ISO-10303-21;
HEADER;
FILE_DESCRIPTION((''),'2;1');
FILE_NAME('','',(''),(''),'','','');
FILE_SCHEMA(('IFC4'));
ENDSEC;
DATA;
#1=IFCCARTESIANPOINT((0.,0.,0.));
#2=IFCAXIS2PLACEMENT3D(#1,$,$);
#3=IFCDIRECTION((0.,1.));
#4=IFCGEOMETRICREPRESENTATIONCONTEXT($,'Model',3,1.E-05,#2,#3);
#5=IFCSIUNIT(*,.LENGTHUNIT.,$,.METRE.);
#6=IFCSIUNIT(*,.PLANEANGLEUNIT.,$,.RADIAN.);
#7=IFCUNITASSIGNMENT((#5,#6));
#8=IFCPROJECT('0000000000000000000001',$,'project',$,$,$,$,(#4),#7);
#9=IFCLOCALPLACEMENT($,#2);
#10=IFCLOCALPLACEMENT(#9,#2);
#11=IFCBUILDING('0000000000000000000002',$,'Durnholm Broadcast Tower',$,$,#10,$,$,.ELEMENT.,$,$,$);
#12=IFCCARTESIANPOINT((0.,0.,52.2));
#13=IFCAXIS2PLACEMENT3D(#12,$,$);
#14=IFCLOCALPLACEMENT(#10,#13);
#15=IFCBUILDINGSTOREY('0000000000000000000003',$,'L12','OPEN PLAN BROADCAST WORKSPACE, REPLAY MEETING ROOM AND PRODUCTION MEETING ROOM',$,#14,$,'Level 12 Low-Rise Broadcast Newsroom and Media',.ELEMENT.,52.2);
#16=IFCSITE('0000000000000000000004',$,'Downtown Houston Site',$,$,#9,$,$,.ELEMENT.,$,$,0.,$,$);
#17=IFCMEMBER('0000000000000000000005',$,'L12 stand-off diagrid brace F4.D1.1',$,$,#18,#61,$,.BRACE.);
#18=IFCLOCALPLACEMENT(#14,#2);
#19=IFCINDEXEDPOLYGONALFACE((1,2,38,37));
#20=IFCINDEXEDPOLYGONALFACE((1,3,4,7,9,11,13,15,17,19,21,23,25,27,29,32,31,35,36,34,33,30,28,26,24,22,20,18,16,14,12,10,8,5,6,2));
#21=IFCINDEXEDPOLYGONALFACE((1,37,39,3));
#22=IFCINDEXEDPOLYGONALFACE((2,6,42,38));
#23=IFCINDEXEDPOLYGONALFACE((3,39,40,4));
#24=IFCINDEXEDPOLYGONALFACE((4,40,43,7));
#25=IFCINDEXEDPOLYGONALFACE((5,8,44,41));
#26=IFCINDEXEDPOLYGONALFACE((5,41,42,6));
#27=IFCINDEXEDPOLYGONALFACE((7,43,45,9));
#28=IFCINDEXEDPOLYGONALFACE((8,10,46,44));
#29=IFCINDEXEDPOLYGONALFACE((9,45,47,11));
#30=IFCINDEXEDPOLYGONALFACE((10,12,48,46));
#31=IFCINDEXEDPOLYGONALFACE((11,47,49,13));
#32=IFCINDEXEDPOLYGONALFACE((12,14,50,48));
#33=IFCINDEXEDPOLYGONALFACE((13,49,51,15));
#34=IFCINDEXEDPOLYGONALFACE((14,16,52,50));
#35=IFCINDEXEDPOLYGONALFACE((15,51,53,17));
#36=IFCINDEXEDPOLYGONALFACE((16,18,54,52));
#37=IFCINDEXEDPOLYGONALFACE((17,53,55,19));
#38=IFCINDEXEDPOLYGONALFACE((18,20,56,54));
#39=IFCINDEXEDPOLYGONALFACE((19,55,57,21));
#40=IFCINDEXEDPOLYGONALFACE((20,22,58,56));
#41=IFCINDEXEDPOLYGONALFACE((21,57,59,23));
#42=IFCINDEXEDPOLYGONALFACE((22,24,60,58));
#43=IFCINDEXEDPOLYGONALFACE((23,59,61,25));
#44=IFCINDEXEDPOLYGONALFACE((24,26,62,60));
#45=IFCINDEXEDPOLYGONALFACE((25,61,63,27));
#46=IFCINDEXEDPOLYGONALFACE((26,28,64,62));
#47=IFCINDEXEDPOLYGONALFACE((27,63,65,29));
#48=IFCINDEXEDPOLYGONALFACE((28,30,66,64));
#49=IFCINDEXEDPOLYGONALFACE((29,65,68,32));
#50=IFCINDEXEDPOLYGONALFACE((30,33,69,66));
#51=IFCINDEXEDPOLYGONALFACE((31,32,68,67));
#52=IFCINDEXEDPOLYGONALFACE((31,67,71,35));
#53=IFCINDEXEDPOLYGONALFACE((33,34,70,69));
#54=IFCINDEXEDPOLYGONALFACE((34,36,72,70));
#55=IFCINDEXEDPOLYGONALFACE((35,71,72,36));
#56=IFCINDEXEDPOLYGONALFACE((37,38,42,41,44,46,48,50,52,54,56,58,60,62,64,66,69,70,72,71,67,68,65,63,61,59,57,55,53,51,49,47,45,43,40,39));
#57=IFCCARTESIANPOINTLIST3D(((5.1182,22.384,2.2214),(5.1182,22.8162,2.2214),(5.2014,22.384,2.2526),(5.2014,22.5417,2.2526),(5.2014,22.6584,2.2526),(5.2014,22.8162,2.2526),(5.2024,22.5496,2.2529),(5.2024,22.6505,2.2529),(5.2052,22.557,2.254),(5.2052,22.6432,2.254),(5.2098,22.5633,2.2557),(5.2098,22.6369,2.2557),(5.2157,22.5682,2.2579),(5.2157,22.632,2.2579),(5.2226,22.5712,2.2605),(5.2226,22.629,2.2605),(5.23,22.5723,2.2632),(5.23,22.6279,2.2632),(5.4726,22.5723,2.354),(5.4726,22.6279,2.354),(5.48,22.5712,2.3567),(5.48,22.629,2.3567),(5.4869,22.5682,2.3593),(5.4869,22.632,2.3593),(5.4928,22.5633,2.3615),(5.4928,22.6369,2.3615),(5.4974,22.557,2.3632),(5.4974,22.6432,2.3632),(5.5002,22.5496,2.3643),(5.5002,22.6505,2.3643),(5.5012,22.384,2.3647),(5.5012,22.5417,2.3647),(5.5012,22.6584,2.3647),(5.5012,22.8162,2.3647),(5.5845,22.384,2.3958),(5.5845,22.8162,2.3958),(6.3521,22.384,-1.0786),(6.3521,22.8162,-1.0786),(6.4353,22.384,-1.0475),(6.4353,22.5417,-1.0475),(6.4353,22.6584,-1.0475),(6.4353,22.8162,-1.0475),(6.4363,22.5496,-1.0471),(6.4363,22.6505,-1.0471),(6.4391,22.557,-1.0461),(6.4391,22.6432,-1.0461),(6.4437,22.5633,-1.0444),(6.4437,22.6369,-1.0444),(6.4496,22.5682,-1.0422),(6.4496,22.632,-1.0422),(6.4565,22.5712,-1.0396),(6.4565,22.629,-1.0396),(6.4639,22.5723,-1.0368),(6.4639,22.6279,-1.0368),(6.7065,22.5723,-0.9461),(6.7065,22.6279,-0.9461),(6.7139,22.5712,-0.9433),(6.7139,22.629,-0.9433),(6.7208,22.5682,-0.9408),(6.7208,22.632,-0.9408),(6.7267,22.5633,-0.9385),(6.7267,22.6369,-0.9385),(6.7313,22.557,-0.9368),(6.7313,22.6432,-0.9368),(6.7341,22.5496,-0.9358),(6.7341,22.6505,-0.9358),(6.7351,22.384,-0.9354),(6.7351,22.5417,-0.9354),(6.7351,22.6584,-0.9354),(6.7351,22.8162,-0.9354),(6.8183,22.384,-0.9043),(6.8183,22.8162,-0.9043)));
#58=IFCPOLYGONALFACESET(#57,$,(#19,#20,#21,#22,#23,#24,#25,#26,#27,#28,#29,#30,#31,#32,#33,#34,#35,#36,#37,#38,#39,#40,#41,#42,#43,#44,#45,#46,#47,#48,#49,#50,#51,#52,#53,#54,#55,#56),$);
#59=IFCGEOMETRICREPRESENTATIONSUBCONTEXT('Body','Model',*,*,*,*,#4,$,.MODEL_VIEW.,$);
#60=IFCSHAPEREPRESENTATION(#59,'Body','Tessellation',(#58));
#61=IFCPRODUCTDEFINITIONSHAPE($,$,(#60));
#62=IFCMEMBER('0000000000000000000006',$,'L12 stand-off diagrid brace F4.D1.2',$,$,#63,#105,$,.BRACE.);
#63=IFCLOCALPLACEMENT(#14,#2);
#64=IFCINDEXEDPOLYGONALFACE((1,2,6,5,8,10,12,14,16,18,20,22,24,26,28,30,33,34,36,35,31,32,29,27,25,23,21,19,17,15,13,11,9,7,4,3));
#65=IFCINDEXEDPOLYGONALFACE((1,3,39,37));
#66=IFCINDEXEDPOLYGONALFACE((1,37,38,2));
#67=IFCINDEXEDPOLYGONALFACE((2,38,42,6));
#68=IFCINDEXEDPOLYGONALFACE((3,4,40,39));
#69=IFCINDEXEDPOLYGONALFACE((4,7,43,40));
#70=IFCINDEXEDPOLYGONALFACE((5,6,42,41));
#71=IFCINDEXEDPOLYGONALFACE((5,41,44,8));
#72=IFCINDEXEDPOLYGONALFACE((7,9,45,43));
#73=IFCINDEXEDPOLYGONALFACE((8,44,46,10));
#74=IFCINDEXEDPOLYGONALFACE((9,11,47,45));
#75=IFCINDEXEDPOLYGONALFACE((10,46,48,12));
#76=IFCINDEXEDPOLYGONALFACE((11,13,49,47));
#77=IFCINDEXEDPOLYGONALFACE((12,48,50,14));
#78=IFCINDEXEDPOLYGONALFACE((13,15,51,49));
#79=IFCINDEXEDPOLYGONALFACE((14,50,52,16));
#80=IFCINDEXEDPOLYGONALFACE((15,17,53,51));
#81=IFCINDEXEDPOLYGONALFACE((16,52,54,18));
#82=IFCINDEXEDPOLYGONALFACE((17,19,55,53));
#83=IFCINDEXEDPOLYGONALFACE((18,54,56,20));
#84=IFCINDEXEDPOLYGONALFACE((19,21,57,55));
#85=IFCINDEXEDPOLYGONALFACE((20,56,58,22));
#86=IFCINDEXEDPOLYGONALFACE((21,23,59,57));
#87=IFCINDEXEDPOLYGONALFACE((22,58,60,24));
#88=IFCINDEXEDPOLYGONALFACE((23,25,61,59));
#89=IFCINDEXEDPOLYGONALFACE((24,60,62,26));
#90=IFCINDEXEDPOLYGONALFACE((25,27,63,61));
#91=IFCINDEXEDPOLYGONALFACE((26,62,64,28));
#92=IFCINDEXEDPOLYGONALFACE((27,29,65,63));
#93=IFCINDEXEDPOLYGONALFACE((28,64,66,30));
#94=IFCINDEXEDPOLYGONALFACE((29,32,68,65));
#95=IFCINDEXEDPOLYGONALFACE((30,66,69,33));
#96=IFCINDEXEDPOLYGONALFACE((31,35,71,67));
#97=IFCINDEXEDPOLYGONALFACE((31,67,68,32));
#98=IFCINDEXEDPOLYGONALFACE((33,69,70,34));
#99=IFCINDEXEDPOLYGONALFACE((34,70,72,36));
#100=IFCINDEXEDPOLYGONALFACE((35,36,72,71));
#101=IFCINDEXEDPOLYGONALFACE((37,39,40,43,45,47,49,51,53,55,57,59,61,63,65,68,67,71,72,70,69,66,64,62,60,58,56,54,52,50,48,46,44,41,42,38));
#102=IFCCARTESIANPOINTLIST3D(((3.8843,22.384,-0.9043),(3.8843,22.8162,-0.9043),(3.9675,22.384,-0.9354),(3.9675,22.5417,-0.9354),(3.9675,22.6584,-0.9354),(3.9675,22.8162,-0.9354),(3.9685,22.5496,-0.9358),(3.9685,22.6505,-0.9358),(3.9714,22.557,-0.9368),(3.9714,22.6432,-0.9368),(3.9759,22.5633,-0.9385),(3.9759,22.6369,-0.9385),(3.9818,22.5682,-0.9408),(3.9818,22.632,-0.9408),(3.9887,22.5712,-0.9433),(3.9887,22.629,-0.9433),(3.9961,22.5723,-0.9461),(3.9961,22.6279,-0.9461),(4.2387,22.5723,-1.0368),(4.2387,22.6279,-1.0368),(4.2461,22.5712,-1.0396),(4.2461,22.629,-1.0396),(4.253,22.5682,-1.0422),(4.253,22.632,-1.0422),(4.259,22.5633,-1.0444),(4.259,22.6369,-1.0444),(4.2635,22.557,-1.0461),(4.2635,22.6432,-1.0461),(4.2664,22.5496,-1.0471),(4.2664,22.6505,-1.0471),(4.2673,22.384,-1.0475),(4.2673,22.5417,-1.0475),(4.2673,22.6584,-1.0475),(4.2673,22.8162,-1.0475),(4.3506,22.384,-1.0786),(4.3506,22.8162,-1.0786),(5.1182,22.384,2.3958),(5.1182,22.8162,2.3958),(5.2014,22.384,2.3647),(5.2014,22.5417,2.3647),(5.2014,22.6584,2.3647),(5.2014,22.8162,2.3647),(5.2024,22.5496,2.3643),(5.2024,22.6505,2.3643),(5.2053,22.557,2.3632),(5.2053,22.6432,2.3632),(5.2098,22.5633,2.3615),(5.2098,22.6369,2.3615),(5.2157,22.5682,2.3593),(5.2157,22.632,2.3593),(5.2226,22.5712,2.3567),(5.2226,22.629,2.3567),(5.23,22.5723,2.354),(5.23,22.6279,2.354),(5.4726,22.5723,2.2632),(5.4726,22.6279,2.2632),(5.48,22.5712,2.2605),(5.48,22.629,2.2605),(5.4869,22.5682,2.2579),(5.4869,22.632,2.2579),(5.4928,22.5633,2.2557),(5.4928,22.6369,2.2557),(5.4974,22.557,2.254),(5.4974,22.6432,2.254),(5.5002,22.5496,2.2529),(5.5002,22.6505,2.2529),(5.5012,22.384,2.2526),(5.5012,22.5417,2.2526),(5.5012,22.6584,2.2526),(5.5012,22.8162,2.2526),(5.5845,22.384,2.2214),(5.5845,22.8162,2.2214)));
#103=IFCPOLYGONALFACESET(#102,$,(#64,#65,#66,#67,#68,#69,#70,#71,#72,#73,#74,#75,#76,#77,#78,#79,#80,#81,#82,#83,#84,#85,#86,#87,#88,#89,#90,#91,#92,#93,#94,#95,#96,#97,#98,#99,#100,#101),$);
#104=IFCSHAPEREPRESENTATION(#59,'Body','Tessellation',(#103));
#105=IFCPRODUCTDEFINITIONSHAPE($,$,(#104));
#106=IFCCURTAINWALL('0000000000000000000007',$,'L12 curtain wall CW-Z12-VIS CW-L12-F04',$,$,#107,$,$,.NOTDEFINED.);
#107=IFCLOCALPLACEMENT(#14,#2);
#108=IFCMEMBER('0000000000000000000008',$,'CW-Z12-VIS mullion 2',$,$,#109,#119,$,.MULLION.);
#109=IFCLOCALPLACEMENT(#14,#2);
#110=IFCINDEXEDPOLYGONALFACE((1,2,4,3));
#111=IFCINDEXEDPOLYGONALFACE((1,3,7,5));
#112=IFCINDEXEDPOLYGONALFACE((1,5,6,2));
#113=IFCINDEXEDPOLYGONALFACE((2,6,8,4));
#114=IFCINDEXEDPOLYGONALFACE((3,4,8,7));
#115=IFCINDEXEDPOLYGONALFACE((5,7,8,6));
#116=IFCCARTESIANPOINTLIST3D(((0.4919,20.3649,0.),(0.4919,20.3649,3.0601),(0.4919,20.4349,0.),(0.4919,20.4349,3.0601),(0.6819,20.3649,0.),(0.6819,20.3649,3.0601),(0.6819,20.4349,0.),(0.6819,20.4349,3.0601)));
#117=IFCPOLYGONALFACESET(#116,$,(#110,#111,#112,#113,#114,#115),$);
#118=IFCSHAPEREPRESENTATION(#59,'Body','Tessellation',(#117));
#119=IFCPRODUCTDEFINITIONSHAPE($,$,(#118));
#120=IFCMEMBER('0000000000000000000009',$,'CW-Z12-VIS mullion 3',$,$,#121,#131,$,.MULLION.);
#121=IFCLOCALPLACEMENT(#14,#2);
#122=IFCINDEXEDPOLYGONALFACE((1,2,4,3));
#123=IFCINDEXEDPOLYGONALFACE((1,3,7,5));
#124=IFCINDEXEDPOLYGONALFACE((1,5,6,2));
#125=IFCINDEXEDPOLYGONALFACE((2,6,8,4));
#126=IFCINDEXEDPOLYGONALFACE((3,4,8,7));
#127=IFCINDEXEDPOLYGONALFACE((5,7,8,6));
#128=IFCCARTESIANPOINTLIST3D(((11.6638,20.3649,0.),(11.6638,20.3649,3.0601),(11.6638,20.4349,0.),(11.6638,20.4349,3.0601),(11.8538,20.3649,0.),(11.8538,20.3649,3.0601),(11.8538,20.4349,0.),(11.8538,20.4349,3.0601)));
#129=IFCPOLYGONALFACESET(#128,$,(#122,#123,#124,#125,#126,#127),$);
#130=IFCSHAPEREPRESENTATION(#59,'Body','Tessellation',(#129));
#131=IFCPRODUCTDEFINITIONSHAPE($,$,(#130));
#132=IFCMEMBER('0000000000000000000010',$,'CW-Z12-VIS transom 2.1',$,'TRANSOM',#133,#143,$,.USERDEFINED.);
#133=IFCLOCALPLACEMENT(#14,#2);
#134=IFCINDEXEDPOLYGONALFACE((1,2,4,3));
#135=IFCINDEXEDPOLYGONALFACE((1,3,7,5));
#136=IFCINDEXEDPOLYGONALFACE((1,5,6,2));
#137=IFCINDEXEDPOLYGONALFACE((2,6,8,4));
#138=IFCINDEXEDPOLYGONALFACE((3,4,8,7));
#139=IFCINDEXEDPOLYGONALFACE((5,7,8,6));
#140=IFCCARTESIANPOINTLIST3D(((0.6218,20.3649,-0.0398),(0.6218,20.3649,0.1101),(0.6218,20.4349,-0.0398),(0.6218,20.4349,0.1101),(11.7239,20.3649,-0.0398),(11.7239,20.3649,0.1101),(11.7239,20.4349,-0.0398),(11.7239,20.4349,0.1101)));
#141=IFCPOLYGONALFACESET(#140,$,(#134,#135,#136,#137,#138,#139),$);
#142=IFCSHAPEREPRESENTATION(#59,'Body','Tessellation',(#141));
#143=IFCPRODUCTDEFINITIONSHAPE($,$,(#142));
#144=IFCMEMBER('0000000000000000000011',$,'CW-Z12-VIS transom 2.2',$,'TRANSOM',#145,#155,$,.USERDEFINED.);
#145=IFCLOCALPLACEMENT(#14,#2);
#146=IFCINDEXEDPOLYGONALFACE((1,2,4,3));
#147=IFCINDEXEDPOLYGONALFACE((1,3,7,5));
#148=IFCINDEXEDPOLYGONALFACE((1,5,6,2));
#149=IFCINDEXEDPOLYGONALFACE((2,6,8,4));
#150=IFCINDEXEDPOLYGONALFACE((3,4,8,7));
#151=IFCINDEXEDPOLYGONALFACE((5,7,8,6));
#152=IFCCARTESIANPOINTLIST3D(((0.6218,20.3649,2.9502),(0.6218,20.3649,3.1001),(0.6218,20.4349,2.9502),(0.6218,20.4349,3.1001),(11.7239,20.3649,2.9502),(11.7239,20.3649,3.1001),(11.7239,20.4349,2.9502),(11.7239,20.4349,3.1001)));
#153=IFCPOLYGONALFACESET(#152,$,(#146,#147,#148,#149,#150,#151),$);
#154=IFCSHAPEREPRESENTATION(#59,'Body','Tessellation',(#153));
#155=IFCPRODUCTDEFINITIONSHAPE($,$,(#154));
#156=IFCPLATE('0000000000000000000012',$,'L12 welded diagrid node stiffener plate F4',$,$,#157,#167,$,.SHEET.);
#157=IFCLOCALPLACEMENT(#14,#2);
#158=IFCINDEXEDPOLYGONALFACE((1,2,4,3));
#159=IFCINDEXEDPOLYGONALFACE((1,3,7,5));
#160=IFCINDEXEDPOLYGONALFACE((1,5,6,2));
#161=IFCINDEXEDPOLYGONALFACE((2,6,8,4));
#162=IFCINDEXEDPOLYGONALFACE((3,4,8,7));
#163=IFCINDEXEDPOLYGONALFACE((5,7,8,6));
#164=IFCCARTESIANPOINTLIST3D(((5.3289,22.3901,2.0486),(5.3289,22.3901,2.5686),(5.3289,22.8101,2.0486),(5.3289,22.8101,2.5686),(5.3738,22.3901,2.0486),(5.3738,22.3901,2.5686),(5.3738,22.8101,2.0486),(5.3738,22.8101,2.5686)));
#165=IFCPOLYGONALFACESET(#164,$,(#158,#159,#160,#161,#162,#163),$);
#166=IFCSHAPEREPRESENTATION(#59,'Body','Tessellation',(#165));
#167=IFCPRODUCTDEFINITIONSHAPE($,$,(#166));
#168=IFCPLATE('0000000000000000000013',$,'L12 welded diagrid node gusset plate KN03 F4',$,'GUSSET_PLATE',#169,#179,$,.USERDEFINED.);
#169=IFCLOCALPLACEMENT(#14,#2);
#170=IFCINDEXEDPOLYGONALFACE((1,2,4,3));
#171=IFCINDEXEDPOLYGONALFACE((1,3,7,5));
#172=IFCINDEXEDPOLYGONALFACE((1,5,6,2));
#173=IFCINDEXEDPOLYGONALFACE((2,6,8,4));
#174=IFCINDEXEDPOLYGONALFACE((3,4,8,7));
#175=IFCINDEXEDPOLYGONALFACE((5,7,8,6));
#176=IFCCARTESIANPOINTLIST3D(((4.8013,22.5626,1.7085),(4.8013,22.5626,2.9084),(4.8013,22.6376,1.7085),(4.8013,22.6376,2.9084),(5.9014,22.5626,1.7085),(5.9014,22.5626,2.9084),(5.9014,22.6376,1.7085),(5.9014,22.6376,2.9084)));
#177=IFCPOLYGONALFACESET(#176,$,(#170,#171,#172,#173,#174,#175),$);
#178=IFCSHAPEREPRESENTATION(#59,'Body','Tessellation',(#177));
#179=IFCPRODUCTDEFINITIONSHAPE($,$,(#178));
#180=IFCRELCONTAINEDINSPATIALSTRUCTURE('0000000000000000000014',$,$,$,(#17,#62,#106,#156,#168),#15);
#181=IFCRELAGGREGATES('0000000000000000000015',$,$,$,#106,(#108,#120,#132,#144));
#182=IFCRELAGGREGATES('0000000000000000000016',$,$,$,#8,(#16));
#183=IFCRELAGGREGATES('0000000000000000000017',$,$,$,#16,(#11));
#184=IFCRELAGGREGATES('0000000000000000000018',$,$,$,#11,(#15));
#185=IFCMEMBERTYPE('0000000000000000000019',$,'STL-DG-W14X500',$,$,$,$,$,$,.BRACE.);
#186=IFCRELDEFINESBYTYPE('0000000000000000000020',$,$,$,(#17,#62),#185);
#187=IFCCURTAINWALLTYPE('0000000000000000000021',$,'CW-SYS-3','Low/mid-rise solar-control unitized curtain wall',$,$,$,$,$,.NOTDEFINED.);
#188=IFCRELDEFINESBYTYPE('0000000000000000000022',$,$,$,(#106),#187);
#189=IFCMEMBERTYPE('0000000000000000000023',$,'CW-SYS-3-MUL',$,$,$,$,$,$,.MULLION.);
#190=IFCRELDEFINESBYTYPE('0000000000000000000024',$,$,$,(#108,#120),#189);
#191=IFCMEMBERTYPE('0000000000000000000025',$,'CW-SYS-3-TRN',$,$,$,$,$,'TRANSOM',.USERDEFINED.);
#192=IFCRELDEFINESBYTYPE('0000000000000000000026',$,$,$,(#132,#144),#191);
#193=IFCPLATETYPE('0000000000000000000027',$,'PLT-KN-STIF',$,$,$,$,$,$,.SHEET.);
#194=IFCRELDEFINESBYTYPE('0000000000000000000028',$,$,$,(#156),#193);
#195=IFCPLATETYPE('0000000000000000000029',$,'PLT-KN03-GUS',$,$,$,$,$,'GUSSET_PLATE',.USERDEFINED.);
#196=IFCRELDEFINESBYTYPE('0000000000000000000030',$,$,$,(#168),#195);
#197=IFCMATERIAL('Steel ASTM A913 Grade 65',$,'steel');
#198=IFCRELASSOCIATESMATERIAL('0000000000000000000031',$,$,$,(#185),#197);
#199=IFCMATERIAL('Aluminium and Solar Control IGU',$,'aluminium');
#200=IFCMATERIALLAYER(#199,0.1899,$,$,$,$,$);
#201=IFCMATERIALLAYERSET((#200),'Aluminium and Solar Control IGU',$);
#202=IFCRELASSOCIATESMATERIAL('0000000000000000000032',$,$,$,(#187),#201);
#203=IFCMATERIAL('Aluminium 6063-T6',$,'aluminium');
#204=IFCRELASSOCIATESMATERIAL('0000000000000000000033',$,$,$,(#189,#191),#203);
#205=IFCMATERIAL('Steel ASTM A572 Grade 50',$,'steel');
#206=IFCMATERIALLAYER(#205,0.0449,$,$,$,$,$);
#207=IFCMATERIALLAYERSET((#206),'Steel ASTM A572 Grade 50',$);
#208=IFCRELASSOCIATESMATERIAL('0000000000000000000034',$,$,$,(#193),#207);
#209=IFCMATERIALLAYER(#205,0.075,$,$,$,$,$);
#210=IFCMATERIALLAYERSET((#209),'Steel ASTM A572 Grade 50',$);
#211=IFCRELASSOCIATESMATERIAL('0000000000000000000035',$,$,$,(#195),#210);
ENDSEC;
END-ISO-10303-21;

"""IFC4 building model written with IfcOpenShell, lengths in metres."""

from ifc_helpers import new_model, si_unit, direction, frame, origin, origin_2d, place, context, subcontext, project, spatial, rectangle, i_section, extrude, source, transform, mapped, material, layer, layer_set, material_profile, profile_set, type_object, type_shapes, element, aggregate, save


model = new_model("IFC4")

# Units and contexts
model_context = context("Model", 3, precision=1e-05, world=origin(), true_north=direction((0.0, 1.0)))
body_context = subcontext(model_context, "Body", "Model", "MODEL_VIEW")
ifc_project = project(units=[si_unit("LENGTHUNIT", "METRE"), si_unit("PLANEANGLEUNIT", "RADIAN")], contexts=[model_context])

# Site, building, storey
site_placement = place(None, origin())
site = spatial("IfcSite", under=ifc_project, at=site_placement, Name="Downtown Houston Site", CompositionType="ELEMENT", RefElevation=0.0)
building_placement = place(site_placement, origin())
building = spatial("IfcBuilding", under=site, at=building_placement, Name="Durnholm Broadcast Tower", CompositionType="ELEMENT")
storey_placement = place(building_placement, frame((0.0, 0.0, 52.2)))
storey = spatial("IfcBuildingStorey", under=building, at=storey_placement, Name="L12", Description="OPEN PLAN BROADCAST WORKSPACE, REPLAY MEETING ROOM AND PRODUCTION MEETING ROOM", LongName="Level 12 Low-Rise Broadcast Newsroom and Media", CompositionType="ELEMENT", Elevation=52.2)

# Members
ifc_material_1 = material(Name="Steel ASTM A913 Grade 65", Category="steel")
ifc_material_profile_1 = material_profile(ifc_material_1, i_section(OverallWidth=0.4321, OverallDepth=0.4978, WebThickness=0.0557, FlangeThickness=0.0889, FilletRadius=0.0305, at=origin_2d()), Name="W14X500")
ifc_profile_set_1 = profile_set([ifc_material_profile_1], Name="Steel ASTM A913 Grade 65")
member_type_1 = type_object("IfcMemberType", Name="STL-DG-W14X500", PredefinedType="BRACE", material=ifc_profile_set_1)
shared_shape_1 = source(origin(), body_context, "Body", "SweptSolid", [
    extrude(i_section(OverallWidth=0.4321, OverallDepth=0.4978, WebThickness=0.0557, FlangeThickness=0.0889, FilletRadius=0.0305, at=origin_2d()), origin(), (0.0, 0.0, 1.0), 3.5232),
])
type_shapes(member_type_1, [shared_shape_1])
for number, where, z_axis, x_axis, name in (
    (1, (6.5852, 22.6001, -0.9915), (-0.35022, 0.0, 0.936668), (0.0, -1.0, 0.0), "L12 stand-off diagrid brace F4.D1.1"),
    (2, (4.1174, 22.6001, -0.9915), (0.35022, 0.0, 0.936668), (0.0, 1.0, 0.0), "L12 stand-off diagrid brace F4.D1.2"),
):
    element("IfcMember", number, at=place(storey_placement, frame(where, z_axis=z_axis, x_axis=x_axis)), inside=storey, type_object=member_type_1, Name=name, PredefinedType="BRACE", context=body_context, shape_type="MappedRepresentation", body=[
        mapped(shared_shape_1, transform((0.0, 0.0, 0.0), x_axis=(1.0, 0.0, 0.0), y_axis=(0.0, 1.0, 0.0), z_axis=(0.0, 0.0, 1.0), scale=1.0)),
    ])

# Curtain wall, members
ifc_material_2 = material(Name="Aluminium and Solar Control IGU", Category="aluminium")
ifc_layer_1 = layer(ifc_material_2, 0.1899)
ifc_layer_set_1 = layer_set([ifc_layer_1], Name="Aluminium and Solar Control IGU")
curtain_wall_type = type_object("IfcCurtainWallType", Name="CW-SYS-3", Description="Low/mid-rise solar-control unitized curtain wall", PredefinedType="NOTDEFINED", material=ifc_layer_set_1)
curtain_wall_placement = place(storey_placement, origin())
curtain_wall = element("IfcCurtainWall", 3, at=curtain_wall_placement, inside=storey, type_object=curtain_wall_type, Name="L12 curtain wall CW-Z12-VIS CW-L12-F04", PredefinedType="NOTDEFINED")
ifc_material_3 = material(Name="Aluminium 6063-T6", Category="aluminium")
ifc_material_profile_2 = material_profile(ifc_material_3, rectangle(XDim=0.0701, YDim=0.1899, at=origin_2d()), Name="CWM70X190")
ifc_profile_set_2 = profile_set([ifc_material_profile_2], Name="Aluminium 6063-T6")
member_type_2 = type_object("IfcMemberType", Name="CW-SYS-3-MUL", PredefinedType="MULLION", material=ifc_profile_set_2)
shared_shape_2 = source(origin(), body_context, "Body", "SweptSolid", [
    extrude(rectangle(XDim=0.0701, YDim=0.1899, at=origin_2d()), origin(), (0.0, 0.0, 1.0), 3.0601),
])
type_shapes(member_type_2, [shared_shape_2])
member_1_placement = place(storey_placement, frame((0.5869, 20.3999, 0.0), z_axis=(0.0, 0.0, 1.0), x_axis=(0.0, 1.0, 0.0)))
member_1 = element("IfcMember", 4, at=member_1_placement, type_object=member_type_2, Name="CW-Z12-VIS mullion 2", PredefinedType="MULLION", context=body_context, shape_type="MappedRepresentation", body=[
    mapped(shared_shape_2, transform((0.0, 0.0, 0.0), x_axis=(1.0, 0.0, 0.0), y_axis=(0.0, 1.0, 0.0), z_axis=(0.0, 0.0, 1.0), scale=1.0)),
])
member_2_placement = place(storey_placement, frame((11.7588, 20.3999, 0.0), z_axis=(0.0, 0.0, 1.0), x_axis=(0.0, 1.0, 0.0)))
member_2 = element("IfcMember", 5, at=member_2_placement, type_object=member_type_2, Name="CW-Z12-VIS mullion 3", PredefinedType="MULLION", context=body_context, shape_type="MappedRepresentation", body=[
    mapped(shared_shape_2, transform((0.0, 0.0, 0.0), x_axis=(1.0, 0.0, 0.0), y_axis=(0.0, 1.0, 0.0), z_axis=(0.0, 0.0, 1.0), scale=1.0)),
])
ifc_material_profile_3 = material_profile(ifc_material_3, rectangle(XDim=0.0701, YDim=0.1499, at=origin_2d()), Name="CWT70X150")
ifc_profile_set_3 = profile_set([ifc_material_profile_3], Name="Aluminium 6063-T6")
member_type_3 = type_object("IfcMemberType", Name="CW-SYS-3-TRN", ElementType="TRANSOM", PredefinedType="USERDEFINED", material=ifc_profile_set_3)
shared_shape_3 = source(origin(), body_context, "Body", "SweptSolid", [
    extrude(rectangle(XDim=0.0701, YDim=0.1499, at=origin_2d()), origin(), (0.0, 0.0, 1.0), 11.1021),
])
type_shapes(member_type_3, [shared_shape_3])
member_3_placement = place(storey_placement, frame((0.6218, 20.3999, 0.0352), z_axis=(1.0, 0.0, 0.0), x_axis=(0.0, 1.0, 0.0)))
member_3 = element("IfcMember", 6, at=member_3_placement, type_object=member_type_3, Name="CW-Z12-VIS transom 2.1", ObjectType="TRANSOM", PredefinedType="USERDEFINED", context=body_context, shape_type="MappedRepresentation", body=[
    mapped(shared_shape_3, transform((0.0, 0.0, 0.0), x_axis=(1.0, 0.0, 0.0), y_axis=(0.0, 1.0, 0.0), z_axis=(0.0, 0.0, 1.0), scale=1.0)),
])
member_4_placement = place(storey_placement, frame((0.6218, 20.3999, 3.0251), z_axis=(1.0, 0.0, 0.0), x_axis=(0.0, 1.0, 0.0)))
member_4 = element("IfcMember", 7, at=member_4_placement, type_object=member_type_3, Name="CW-Z12-VIS transom 2.2", ObjectType="TRANSOM", PredefinedType="USERDEFINED", context=body_context, shape_type="MappedRepresentation", body=[
    mapped(shared_shape_3, transform((0.0, 0.0, 0.0), x_axis=(1.0, 0.0, 0.0), y_axis=(0.0, 1.0, 0.0), z_axis=(0.0, 0.0, 1.0), scale=1.0)),
])

# Plates
ifc_material_4 = material(Name="Steel ASTM A572 Grade 50", Category="steel")
ifc_layer_2 = layer(ifc_material_4, 0.0449)
ifc_layer_set_2 = layer_set([ifc_layer_2], Name="Steel ASTM A572 Grade 50")
plate_type_1 = type_object("IfcPlateType", Name="PLT-KN-STIF", PredefinedType="SHEET", material=ifc_layer_set_2)
shared_shape_4 = source(origin(), body_context, "Body", "SweptSolid", [
    extrude(rectangle(XDim=0.0449, YDim=0.4199, at=origin_2d()), origin(), (0.0, 0.0, 1.0), 0.52),
])
type_shapes(plate_type_1, [shared_shape_4])
plate_1_placement = place(storey_placement, frame((5.3513, 22.6001, 2.0486), z_axis=(0.0, 0.0, 1.0), x_axis=(-1.0, 0.0, 0.0)))
element("IfcPlate", 8, at=plate_1_placement, inside=storey, type_object=plate_type_1, Name="L12 welded diagrid node stiffener plate F4", PredefinedType="SHEET", context=body_context, shape_type="MappedRepresentation", body=[
    mapped(shared_shape_4, transform((0.0, 0.0, 0.0), x_axis=(1.0, 0.0, 0.0), y_axis=(0.0, 1.0, 0.0), z_axis=(0.0, 0.0, 1.0), scale=1.0)),
])
ifc_layer_3 = layer(ifc_material_4, 0.075)
ifc_layer_set_3 = layer_set([ifc_layer_3], Name="Steel ASTM A572 Grade 50")
plate_type_2 = type_object("IfcPlateType", Name="PLT-KN03-GUS", ElementType="GUSSET_PLATE", PredefinedType="USERDEFINED", material=ifc_layer_set_3)
shared_shape_5 = source(origin(), body_context, "Body", "SweptSolid", [
    extrude(rectangle(XDim=1.1001, YDim=0.075, at=origin_2d()), origin(), (0.0, 0.0, 1.0), 1.2),
])
type_shapes(plate_type_2, [shared_shape_5])
plate_2_placement = place(storey_placement, frame((5.3513, 22.6001, 1.7085), z_axis=(0.0, 0.0, 1.0), x_axis=(-1.0, 0.0, 0.0)))
element("IfcPlate", 9, at=plate_2_placement, inside=storey, type_object=plate_type_2, Name="L12 welded diagrid node gusset plate KN03 F4", ObjectType="GUSSET_PLATE", PredefinedType="USERDEFINED", context=body_context, shape_type="MappedRepresentation", body=[
    mapped(shared_shape_5, transform((0.0, 0.0, 0.0), x_axis=(1.0, 0.0, 0.0), y_axis=(0.0, 1.0, 0.0), z_axis=(0.0, 0.0, 1.0), scale=1.0)),
])

aggregate(curtain_wall, [member_1, member_2, member_3, member_4])

save(model, "model.ifc")
